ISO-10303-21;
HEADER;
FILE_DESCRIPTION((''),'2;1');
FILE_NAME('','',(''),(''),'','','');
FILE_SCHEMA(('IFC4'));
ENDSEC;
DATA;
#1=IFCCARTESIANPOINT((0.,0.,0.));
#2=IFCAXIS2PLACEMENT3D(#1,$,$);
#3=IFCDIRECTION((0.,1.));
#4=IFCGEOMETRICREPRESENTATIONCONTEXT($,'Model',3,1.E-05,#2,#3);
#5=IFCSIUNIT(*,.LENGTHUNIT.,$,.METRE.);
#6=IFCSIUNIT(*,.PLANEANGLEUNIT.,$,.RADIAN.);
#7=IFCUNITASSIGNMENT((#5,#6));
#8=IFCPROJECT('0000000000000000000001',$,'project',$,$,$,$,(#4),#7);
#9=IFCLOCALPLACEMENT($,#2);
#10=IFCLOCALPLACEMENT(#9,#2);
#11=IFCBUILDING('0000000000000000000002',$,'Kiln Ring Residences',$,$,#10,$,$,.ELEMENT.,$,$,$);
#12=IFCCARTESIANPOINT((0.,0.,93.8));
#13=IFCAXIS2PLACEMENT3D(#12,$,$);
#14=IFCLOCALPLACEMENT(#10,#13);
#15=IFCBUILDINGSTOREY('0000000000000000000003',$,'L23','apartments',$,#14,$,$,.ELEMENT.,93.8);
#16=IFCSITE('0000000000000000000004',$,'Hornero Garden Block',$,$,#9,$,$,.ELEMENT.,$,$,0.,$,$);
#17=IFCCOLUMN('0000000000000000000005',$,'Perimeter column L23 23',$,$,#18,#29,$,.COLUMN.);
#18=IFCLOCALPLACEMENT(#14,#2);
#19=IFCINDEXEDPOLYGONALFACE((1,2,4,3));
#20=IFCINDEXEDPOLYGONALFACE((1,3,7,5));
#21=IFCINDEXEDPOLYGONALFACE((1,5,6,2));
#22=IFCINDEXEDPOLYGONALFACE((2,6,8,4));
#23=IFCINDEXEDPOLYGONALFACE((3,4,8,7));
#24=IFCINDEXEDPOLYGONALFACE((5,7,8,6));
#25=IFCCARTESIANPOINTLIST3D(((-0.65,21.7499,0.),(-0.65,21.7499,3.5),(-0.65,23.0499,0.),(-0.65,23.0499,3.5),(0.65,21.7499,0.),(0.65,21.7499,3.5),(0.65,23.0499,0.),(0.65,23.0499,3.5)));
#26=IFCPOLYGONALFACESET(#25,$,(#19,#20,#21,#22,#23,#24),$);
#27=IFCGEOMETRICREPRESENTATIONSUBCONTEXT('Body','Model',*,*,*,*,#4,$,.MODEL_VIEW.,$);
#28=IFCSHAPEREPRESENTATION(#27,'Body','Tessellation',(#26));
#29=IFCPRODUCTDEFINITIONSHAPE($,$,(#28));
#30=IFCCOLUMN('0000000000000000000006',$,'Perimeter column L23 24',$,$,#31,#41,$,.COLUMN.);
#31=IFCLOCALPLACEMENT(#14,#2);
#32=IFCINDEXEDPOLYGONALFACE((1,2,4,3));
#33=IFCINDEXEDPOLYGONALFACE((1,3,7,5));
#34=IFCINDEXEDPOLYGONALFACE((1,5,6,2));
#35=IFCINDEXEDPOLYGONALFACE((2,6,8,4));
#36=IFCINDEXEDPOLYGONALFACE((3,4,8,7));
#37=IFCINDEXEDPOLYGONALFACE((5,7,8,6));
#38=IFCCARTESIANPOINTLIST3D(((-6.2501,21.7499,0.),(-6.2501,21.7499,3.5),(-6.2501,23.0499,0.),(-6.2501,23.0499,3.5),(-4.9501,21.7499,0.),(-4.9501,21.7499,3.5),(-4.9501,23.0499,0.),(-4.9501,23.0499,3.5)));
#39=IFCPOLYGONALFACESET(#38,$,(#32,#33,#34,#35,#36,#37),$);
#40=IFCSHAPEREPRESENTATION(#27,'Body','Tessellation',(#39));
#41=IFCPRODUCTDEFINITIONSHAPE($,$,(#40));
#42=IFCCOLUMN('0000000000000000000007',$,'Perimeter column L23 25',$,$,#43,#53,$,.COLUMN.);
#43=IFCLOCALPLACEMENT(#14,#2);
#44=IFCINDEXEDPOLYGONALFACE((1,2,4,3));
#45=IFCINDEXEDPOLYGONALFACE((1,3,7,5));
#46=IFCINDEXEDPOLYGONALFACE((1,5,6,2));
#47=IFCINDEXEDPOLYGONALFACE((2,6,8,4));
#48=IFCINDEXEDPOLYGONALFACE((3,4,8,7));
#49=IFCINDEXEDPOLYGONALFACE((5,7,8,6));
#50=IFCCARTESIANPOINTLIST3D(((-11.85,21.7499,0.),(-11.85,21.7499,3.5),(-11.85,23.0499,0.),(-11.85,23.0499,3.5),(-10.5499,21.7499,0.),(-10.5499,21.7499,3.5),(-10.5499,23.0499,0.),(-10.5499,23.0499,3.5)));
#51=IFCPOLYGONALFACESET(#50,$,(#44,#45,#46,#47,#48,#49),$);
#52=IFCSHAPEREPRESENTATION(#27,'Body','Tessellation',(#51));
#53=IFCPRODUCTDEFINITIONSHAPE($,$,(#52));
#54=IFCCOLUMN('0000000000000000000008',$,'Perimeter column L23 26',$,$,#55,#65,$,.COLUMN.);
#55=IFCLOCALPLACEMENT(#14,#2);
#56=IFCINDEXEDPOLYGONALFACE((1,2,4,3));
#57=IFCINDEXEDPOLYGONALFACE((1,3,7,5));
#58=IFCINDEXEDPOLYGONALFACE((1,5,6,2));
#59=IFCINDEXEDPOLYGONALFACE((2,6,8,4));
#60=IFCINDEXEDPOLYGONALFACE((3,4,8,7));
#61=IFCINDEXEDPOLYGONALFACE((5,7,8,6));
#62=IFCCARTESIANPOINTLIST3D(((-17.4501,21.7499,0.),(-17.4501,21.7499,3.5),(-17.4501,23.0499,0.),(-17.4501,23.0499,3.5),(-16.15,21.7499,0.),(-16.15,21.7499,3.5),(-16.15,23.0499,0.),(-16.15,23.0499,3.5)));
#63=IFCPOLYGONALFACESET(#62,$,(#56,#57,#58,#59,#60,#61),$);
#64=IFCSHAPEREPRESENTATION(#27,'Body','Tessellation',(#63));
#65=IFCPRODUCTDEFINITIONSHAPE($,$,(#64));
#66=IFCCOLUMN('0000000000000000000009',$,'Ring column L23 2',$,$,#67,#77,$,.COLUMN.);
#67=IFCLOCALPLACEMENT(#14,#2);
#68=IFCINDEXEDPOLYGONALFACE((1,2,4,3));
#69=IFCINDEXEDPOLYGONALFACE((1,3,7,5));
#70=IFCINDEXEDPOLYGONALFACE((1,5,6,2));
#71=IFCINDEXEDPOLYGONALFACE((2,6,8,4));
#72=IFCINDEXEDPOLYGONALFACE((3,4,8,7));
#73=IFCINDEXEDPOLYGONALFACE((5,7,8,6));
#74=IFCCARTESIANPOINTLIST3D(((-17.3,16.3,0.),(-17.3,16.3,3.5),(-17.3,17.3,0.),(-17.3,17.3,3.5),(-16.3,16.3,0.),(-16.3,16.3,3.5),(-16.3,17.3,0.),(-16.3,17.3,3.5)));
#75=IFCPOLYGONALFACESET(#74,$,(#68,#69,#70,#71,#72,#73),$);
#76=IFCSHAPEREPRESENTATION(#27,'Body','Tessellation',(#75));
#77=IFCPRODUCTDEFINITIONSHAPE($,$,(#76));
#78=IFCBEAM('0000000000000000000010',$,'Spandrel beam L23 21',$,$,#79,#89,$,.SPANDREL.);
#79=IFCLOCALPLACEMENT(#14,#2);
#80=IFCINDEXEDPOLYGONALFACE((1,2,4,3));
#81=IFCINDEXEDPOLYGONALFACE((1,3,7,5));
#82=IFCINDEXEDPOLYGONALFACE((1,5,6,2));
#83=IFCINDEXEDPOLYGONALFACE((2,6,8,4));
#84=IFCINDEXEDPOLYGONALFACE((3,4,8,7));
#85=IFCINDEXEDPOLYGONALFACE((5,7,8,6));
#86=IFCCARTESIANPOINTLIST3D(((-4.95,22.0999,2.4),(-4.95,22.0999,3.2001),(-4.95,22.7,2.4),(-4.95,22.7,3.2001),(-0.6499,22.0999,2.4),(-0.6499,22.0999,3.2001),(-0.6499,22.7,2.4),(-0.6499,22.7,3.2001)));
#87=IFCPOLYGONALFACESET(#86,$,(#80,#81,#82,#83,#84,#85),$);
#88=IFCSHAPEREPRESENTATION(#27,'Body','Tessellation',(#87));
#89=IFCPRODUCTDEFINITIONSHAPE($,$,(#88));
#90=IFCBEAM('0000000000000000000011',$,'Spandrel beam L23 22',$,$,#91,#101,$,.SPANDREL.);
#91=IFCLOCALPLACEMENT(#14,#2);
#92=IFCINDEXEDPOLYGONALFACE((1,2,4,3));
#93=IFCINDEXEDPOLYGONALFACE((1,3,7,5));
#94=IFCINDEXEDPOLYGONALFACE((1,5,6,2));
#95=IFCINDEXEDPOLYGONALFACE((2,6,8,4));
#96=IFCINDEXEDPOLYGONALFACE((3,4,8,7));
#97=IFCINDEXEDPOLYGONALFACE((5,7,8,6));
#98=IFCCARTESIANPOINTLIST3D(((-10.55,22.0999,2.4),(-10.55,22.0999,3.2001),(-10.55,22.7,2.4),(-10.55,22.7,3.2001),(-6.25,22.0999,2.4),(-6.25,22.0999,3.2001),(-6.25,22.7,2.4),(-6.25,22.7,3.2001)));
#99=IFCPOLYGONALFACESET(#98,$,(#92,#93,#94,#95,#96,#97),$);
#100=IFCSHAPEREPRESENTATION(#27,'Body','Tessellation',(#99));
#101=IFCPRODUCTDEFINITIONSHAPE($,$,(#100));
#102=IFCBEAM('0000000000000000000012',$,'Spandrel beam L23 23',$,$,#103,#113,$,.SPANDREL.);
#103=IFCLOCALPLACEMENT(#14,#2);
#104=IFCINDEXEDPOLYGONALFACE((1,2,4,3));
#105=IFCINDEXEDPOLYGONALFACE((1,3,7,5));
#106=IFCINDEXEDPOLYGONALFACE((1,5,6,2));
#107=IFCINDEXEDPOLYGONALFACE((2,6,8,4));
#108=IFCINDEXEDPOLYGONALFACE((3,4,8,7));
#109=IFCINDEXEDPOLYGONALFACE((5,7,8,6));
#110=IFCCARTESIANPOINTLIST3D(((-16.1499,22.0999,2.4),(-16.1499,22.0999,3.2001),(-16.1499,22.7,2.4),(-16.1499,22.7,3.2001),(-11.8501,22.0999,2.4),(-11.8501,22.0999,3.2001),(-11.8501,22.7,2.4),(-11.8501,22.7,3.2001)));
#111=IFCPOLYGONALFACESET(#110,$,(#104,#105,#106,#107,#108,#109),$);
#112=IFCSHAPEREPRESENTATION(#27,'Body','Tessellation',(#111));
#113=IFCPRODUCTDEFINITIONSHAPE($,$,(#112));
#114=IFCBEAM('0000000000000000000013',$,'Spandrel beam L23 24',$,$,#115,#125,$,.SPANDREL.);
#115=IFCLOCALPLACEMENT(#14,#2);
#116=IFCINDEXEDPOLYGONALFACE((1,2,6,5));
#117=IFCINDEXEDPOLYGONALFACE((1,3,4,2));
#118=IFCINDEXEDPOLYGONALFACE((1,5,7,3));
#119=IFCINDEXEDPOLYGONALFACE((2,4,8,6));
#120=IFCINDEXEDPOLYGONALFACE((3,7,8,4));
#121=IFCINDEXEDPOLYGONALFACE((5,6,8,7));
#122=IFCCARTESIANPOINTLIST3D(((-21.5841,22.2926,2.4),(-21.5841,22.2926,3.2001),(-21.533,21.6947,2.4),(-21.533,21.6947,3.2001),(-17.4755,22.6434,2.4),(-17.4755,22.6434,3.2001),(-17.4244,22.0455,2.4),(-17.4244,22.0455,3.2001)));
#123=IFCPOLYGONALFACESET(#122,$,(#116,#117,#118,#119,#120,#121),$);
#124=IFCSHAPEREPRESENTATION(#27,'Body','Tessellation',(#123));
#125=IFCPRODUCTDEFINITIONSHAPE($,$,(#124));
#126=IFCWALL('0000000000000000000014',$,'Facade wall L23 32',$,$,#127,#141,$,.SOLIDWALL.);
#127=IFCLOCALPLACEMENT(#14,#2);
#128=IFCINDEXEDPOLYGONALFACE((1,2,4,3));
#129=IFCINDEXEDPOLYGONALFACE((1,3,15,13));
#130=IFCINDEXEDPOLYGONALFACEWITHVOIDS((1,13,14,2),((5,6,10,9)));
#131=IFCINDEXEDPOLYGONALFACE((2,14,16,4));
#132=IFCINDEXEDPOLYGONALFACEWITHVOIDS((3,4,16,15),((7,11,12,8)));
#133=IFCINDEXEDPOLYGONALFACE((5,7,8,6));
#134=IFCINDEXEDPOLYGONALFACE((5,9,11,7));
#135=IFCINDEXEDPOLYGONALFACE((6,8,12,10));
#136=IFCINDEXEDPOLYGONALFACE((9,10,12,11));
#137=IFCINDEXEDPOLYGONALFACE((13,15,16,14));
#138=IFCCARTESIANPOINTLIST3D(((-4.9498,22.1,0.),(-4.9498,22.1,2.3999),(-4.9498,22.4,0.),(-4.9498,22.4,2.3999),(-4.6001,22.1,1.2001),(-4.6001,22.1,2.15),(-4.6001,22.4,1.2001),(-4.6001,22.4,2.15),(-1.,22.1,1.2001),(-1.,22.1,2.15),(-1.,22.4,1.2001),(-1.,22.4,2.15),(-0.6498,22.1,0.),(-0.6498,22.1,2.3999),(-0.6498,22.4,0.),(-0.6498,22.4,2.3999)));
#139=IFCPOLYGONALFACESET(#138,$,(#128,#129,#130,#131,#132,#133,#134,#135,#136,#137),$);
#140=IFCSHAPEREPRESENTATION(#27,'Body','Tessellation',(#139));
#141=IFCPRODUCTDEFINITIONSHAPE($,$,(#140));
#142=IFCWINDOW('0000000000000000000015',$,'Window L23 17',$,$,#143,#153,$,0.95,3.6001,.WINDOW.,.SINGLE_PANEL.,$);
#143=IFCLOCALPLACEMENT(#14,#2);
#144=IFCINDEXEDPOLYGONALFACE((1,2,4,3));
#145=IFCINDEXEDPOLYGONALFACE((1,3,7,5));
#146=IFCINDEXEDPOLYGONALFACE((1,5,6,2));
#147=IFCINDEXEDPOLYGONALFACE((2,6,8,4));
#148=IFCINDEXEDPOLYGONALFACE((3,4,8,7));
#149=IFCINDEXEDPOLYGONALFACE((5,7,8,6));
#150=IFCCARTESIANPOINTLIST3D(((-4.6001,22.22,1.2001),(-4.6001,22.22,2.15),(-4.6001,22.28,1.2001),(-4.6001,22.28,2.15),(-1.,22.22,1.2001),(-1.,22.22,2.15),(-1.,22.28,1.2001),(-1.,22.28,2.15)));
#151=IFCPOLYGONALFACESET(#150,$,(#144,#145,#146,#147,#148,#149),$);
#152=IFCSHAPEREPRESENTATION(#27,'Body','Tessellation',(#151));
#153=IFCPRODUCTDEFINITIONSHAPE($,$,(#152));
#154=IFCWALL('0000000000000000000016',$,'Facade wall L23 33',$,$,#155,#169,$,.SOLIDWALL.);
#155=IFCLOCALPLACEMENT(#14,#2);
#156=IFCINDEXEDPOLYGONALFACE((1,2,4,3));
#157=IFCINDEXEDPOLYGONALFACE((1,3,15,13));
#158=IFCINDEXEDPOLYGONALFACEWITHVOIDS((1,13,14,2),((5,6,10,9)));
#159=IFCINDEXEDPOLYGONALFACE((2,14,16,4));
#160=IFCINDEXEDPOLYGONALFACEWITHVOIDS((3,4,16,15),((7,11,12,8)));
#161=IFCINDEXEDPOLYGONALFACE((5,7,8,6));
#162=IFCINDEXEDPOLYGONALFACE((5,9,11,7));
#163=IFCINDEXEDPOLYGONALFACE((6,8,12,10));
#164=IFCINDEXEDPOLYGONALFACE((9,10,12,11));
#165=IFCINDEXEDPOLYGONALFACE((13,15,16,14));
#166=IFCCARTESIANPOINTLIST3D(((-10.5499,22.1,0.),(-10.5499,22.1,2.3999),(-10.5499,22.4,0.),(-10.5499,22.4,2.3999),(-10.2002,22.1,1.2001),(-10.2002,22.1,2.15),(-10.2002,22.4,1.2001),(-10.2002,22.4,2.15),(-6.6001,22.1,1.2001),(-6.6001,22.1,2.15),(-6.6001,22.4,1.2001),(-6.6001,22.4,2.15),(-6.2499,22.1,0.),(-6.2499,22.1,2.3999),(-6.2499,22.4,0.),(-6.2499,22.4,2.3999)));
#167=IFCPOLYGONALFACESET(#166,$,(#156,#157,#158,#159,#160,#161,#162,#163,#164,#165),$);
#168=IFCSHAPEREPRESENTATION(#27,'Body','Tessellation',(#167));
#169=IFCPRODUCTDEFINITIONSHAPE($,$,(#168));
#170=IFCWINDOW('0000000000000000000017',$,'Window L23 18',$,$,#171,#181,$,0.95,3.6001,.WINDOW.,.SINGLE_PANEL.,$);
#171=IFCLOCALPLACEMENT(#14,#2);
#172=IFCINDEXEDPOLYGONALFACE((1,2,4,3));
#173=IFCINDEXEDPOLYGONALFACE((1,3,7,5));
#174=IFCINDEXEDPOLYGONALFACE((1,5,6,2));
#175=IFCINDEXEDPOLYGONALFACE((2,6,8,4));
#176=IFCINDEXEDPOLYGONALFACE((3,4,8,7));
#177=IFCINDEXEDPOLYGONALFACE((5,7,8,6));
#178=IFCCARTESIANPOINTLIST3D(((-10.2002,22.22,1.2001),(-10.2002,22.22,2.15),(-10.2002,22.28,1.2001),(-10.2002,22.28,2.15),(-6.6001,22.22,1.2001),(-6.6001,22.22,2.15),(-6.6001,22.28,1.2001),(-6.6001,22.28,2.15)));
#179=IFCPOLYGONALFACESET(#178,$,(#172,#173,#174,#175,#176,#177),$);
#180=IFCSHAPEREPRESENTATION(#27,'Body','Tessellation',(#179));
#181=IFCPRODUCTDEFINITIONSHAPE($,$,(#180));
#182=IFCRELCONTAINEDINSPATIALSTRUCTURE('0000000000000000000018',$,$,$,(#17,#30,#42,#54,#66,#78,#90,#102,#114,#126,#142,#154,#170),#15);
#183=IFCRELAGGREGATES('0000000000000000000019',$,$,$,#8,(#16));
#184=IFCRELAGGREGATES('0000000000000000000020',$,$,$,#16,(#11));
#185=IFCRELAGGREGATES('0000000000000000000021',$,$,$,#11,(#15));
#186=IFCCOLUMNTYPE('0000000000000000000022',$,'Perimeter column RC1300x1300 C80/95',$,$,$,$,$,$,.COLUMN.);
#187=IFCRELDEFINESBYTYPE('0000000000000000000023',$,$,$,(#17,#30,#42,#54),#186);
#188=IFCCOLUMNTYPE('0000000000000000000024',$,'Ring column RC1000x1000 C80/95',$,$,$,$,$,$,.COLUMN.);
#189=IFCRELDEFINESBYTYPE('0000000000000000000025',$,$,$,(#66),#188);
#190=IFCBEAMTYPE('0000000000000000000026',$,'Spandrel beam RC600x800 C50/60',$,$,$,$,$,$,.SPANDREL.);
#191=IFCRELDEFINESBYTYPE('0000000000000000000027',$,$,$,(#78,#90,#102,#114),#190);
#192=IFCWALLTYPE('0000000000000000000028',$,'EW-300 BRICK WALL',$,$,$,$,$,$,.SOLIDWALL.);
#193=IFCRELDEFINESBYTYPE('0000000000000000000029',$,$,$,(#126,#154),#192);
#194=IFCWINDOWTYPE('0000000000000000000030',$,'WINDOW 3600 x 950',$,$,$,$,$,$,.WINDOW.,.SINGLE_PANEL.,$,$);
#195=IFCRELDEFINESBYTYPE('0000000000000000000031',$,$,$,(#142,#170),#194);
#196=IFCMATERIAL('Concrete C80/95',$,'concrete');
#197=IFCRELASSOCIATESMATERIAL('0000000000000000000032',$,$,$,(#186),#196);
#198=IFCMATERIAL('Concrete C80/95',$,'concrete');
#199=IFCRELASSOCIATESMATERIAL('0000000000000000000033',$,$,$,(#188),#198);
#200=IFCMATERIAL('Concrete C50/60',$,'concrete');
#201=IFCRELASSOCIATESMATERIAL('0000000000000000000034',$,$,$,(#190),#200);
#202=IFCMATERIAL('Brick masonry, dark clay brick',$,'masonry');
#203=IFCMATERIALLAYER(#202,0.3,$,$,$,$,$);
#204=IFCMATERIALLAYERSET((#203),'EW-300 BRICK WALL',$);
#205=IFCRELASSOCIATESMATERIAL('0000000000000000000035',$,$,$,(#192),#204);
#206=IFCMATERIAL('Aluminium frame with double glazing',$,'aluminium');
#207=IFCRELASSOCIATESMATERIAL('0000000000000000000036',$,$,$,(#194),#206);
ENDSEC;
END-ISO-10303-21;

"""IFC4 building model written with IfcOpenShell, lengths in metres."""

from ifc_helpers import new_model, si_unit, direction, frame, frame_2d, origin, origin_2d, place, context, subcontext, project, spatial, rectangle, extrude, material, layer, layer_set, material_profile, profile_set, type_object, element, fill, save


model = new_model("IFC4")

# Units and contexts
model_context = context("Model", 3, precision=1e-05, world=origin(), true_north=direction((0.0, 1.0)))
body_context = subcontext(model_context, "Body", "Model", "MODEL_VIEW")
ifc_project = project(units=[si_unit("LENGTHUNIT", "METRE"), si_unit("PLANEANGLEUNIT", "RADIAN")], contexts=[model_context])

# Site, building, storey
site_placement = place(None, origin())
site = spatial("IfcSite", under=ifc_project, at=site_placement, Name="Hornero Garden Block", CompositionType="ELEMENT", RefElevation=0.0)
building_placement = place(site_placement, origin())
building = spatial("IfcBuilding", under=site, at=building_placement, Name="Kiln Ring Residences", CompositionType="ELEMENT")
storey_placement = place(building_placement, frame((0.0, 0.0, 93.8)))
storey = spatial("IfcBuildingStorey", under=building, at=storey_placement, Name="L23", Description="apartments", CompositionType="ELEMENT", Elevation=93.8)

# Columns
ifc_material_1 = material(Name="Concrete C80/95", Category="concrete")
ifc_material_profile_1 = material_profile(ifc_material_1, rectangle(XDim=1.3, YDim=1.3, at=origin_2d()), Name="RC1300x1300")
ifc_profile_set_1 = profile_set([ifc_material_profile_1], Name="Concrete C80/95")
column_type_1 = type_object("IfcColumnType", Name="Perimeter column RC1300x1300 C80/95", PredefinedType="COLUMN", material=ifc_profile_set_1)
for number, where, z_axis, x_axis, name in (
    (1, (0.0, 22.3999, 0.0), (0.0, 0.0, 1.0), (1.0, 0.0, 0.0), "Perimeter column L23 23"),
    (2, (-5.6001, 22.3999, 0.0), (0.0, 0.0, 1.0), (1.0, 0.0, 0.0), "Perimeter column L23 24"),
    (3, (-11.2, 22.3999, 0.0), (0.0, 0.0, 1.0), (1.0, 0.0, 0.0), "Perimeter column L23 25"),
    (4, (-16.8, 22.3999, 0.0), (0.0, 0.0, 1.0), (1.0, 0.0, 0.0), "Perimeter column L23 26"),
):
    element("IfcColumn", number, at=place(storey_placement, frame(where, z_axis=z_axis, x_axis=x_axis)), inside=storey, type_object=column_type_1, Name=name, PredefinedType="COLUMN", context=body_context, shape_type="SweptSolid", body=[
        extrude(rectangle(XDim=1.3, YDim=1.3, at=origin_2d()), origin(), (0.0, 0.0, 1.0), 3.5),
    ])
ifc_material_2 = material(Name="Concrete C80/95", Category="concrete")
ifc_material_profile_2 = material_profile(ifc_material_2, rectangle(XDim=1.0, YDim=1.0, at=origin_2d()), Name="RC1000x1000")
ifc_profile_set_2 = profile_set([ifc_material_profile_2], Name="Concrete C80/95")
column_type_2 = type_object("IfcColumnType", Name="Ring column RC1000x1000 C80/95", PredefinedType="COLUMN", material=ifc_profile_set_2)
column_placement = place(storey_placement, frame((-16.8, 16.8, 0.0), z_axis=(0.0, 0.0, 1.0), x_axis=(1.0, 0.0, 0.0)))
element("IfcColumn", 5, at=column_placement, inside=storey, type_object=column_type_2, Name="Ring column L23 2", PredefinedType="COLUMN", context=body_context, shape_type="SweptSolid", body=[
    extrude(rectangle(XDim=1.0, YDim=1.0, at=origin_2d()), origin(), (0.0, 0.0, 1.0), 3.5),
])

# Beams
ifc_material_3 = material(Name="Concrete C50/60", Category="concrete")
ifc_material_profile_3 = material_profile(ifc_material_3, rectangle(XDim=0.6001, YDim=0.8, at=origin_2d()), Name="RC600x800")
ifc_profile_set_3 = profile_set([ifc_material_profile_3], Name="Concrete C50/60")
beam_type = type_object("IfcBeamType", Name="Spandrel beam RC600x800 C50/60", PredefinedType="SPANDREL", material=ifc_profile_set_3)
for number, where, z_axis, x_axis, name in (
    (6, (-0.6499, 22.3999, 2.8), (-1.0, 0.0, 0.0), (0.0, -1.0, 0.0), "Spandrel beam L23 21"),
    (7, (-6.25, 22.3999, 2.8), (-1.0, 0.0, 0.0), (0.0, -1.0, 0.0), "Spandrel beam L23 22"),
):
    element("IfcBeam", number, at=place(storey_placement, frame(where, z_axis=z_axis, x_axis=x_axis)), inside=storey, type_object=beam_type, Name=name, PredefinedType="SPANDREL", context=body_context, shape_type="SweptSolid", body=[
        extrude(rectangle(XDim=0.6001, YDim=0.8, at=origin_2d()), origin(), (0.0, 0.0, 1.0), 4.3),
    ])
beam_1_placement = place(storey_placement, frame((-11.8501, 22.3999, 2.8), z_axis=(-1.0, 0.0, 0.0), x_axis=(0.0, -1.0, 0.0)))
element("IfcBeam", 8, at=beam_1_placement, inside=storey, type_object=beam_type, Name="Spandrel beam L23 23", PredefinedType="SPANDREL", context=body_context, shape_type="SweptSolid", body=[
    extrude(rectangle(XDim=0.6001, YDim=0.8, at=origin_2d()), origin(), (0.0, 0.0, 1.0), 4.2998),
])
beam_2_placement = place(storey_placement, frame((-17.45, 22.3445, 2.8), z_axis=(-0.996374, -0.085079, 0.0), x_axis=(0.085079, -0.996374, 0.0)))
element("IfcBeam", 9, at=beam_2_placement, inside=storey, type_object=beam_type, Name="Spandrel beam L23 24", PredefinedType="SPANDREL", context=body_context, shape_type="SweptSolid", body=[
    extrude(rectangle(XDim=0.6001, YDim=0.8, at=origin_2d()), origin(), (0.0, 0.0, 1.0), 4.1235),
])

# Walls, openings, windows
ifc_material_4 = material(Name="Brick masonry, dark clay brick", Category="masonry")
ifc_layer_1 = layer(ifc_material_4, 0.3)
ifc_layer_set_1 = layer_set([ifc_layer_1], Name="EW-300 BRICK WALL")
wall_type_1 = type_object("IfcWallType", Name="EW-300 BRICK WALL", PredefinedType="SOLIDWALL", material=ifc_layer_set_1)
wall_1_placement = place(storey_placement, frame((-0.6499, 22.25, 0.0), z_axis=(0.0, 0.0, 1.0), x_axis=(-1.0, 0.0, 0.0)))
wall_1 = element("IfcWall", 10, at=wall_1_placement, inside=storey, type_object=wall_type_1, Name="Facade wall L23 32", PredefinedType="SOLIDWALL", context=body_context, shape_type="SweptSolid", body=[
    extrude(rectangle(XDim=4.3, YDim=0.3, at=frame_2d((2.1499, 0.0))), origin(), (0.0, 0.0, 1.0), 2.3999),
])
opening_1_placement = place(wall_1_placement, frame((0.3501, 0.0, 1.2)))
opening_1 = element("IfcOpeningElement", 11, at=opening_1_placement, cuts=wall_1, PredefinedType="OPENING", context=body_context, shape_type="SweptSolid", body=[
    extrude(rectangle(XDim=3.6001, YDim=0.95, at=frame_2d((1.8, 0.4751))), frame((0.0, 0.1599, 0.0), z_axis=(0.0, -1.0, 0.0), x_axis=(1.0, 0.0, 0.0)), (0.0, 0.0, 1.0), 0.3201),
])
ifc_material_5 = material(Name="Aluminium frame with double glazing", Category="aluminium")
window_type = type_object("IfcWindowType", Name="WINDOW 3600 x 950", PartitioningType="SINGLE_PANEL", PredefinedType="WINDOW", material=ifc_material_5)
window_1_placement = place(opening_1_placement, origin())
window_1 = element("IfcWindow", 12, at=window_1_placement, inside=storey, type_object=window_type, Name="Window L23 17", OverallHeight=0.95, OverallWidth=3.6001, PartitioningType="SINGLE_PANEL", PredefinedType="WINDOW", context=body_context, shape_type="SweptSolid", body=[
    extrude(rectangle(XDim=3.6001, YDim=0.95, at=frame_2d((1.8, 0.4751))), frame((0.0, 0.03, 0.0), z_axis=(0.0, -1.0, 0.0), x_axis=(1.0, 0.0, 0.0)), (0.0, 0.0, 1.0), 0.0601),
])
fill(opening_1, window_1)
wall_2_placement = place(storey_placement, frame((-6.25, 22.25, 0.0), z_axis=(0.0, 0.0, 1.0), x_axis=(-1.0, 0.0, 0.0)))
wall_2 = element("IfcWall", 13, at=wall_2_placement, inside=storey, type_object=wall_type_1, Name="Facade wall L23 33", PredefinedType="SOLIDWALL", context=body_context, shape_type="SweptSolid", body=[
    extrude(rectangle(XDim=4.3, YDim=0.3, at=frame_2d((2.1499, 0.0))), origin(), (0.0, 0.0, 1.0), 2.3999),
])
opening_2_placement = place(wall_2_placement, frame((0.3501, 0.0, 1.2)))
opening_2 = element("IfcOpeningElement", 14, at=opening_2_placement, cuts=wall_2, PredefinedType="OPENING", context=body_context, shape_type="SweptSolid", body=[
    extrude(rectangle(XDim=3.6001, YDim=0.95, at=frame_2d((1.8, 0.4751))), frame((0.0, 0.1599, 0.0), z_axis=(0.0, -1.0, 0.0), x_axis=(1.0, 0.0, 0.0)), (0.0, 0.0, 1.0), 0.3201),
])
window_2_placement = place(opening_2_placement, origin())
window_2 = element("IfcWindow", 15, at=window_2_placement, inside=storey, type_object=window_type, Name="Window L23 18", OverallHeight=0.95, OverallWidth=3.6001, PartitioningType="SINGLE_PANEL", PredefinedType="WINDOW", context=body_context, shape_type="SweptSolid", body=[
    extrude(rectangle(XDim=3.6001, YDim=0.95, at=frame_2d((1.8, 0.4751))), frame((0.0, 0.03, 0.0), z_axis=(0.0, -1.0, 0.0), x_axis=(1.0, 0.0, 0.0)), (0.0, 0.0, 1.0), 0.0601),
])
fill(opening_2, window_2)

save(model, "model.ifc")
